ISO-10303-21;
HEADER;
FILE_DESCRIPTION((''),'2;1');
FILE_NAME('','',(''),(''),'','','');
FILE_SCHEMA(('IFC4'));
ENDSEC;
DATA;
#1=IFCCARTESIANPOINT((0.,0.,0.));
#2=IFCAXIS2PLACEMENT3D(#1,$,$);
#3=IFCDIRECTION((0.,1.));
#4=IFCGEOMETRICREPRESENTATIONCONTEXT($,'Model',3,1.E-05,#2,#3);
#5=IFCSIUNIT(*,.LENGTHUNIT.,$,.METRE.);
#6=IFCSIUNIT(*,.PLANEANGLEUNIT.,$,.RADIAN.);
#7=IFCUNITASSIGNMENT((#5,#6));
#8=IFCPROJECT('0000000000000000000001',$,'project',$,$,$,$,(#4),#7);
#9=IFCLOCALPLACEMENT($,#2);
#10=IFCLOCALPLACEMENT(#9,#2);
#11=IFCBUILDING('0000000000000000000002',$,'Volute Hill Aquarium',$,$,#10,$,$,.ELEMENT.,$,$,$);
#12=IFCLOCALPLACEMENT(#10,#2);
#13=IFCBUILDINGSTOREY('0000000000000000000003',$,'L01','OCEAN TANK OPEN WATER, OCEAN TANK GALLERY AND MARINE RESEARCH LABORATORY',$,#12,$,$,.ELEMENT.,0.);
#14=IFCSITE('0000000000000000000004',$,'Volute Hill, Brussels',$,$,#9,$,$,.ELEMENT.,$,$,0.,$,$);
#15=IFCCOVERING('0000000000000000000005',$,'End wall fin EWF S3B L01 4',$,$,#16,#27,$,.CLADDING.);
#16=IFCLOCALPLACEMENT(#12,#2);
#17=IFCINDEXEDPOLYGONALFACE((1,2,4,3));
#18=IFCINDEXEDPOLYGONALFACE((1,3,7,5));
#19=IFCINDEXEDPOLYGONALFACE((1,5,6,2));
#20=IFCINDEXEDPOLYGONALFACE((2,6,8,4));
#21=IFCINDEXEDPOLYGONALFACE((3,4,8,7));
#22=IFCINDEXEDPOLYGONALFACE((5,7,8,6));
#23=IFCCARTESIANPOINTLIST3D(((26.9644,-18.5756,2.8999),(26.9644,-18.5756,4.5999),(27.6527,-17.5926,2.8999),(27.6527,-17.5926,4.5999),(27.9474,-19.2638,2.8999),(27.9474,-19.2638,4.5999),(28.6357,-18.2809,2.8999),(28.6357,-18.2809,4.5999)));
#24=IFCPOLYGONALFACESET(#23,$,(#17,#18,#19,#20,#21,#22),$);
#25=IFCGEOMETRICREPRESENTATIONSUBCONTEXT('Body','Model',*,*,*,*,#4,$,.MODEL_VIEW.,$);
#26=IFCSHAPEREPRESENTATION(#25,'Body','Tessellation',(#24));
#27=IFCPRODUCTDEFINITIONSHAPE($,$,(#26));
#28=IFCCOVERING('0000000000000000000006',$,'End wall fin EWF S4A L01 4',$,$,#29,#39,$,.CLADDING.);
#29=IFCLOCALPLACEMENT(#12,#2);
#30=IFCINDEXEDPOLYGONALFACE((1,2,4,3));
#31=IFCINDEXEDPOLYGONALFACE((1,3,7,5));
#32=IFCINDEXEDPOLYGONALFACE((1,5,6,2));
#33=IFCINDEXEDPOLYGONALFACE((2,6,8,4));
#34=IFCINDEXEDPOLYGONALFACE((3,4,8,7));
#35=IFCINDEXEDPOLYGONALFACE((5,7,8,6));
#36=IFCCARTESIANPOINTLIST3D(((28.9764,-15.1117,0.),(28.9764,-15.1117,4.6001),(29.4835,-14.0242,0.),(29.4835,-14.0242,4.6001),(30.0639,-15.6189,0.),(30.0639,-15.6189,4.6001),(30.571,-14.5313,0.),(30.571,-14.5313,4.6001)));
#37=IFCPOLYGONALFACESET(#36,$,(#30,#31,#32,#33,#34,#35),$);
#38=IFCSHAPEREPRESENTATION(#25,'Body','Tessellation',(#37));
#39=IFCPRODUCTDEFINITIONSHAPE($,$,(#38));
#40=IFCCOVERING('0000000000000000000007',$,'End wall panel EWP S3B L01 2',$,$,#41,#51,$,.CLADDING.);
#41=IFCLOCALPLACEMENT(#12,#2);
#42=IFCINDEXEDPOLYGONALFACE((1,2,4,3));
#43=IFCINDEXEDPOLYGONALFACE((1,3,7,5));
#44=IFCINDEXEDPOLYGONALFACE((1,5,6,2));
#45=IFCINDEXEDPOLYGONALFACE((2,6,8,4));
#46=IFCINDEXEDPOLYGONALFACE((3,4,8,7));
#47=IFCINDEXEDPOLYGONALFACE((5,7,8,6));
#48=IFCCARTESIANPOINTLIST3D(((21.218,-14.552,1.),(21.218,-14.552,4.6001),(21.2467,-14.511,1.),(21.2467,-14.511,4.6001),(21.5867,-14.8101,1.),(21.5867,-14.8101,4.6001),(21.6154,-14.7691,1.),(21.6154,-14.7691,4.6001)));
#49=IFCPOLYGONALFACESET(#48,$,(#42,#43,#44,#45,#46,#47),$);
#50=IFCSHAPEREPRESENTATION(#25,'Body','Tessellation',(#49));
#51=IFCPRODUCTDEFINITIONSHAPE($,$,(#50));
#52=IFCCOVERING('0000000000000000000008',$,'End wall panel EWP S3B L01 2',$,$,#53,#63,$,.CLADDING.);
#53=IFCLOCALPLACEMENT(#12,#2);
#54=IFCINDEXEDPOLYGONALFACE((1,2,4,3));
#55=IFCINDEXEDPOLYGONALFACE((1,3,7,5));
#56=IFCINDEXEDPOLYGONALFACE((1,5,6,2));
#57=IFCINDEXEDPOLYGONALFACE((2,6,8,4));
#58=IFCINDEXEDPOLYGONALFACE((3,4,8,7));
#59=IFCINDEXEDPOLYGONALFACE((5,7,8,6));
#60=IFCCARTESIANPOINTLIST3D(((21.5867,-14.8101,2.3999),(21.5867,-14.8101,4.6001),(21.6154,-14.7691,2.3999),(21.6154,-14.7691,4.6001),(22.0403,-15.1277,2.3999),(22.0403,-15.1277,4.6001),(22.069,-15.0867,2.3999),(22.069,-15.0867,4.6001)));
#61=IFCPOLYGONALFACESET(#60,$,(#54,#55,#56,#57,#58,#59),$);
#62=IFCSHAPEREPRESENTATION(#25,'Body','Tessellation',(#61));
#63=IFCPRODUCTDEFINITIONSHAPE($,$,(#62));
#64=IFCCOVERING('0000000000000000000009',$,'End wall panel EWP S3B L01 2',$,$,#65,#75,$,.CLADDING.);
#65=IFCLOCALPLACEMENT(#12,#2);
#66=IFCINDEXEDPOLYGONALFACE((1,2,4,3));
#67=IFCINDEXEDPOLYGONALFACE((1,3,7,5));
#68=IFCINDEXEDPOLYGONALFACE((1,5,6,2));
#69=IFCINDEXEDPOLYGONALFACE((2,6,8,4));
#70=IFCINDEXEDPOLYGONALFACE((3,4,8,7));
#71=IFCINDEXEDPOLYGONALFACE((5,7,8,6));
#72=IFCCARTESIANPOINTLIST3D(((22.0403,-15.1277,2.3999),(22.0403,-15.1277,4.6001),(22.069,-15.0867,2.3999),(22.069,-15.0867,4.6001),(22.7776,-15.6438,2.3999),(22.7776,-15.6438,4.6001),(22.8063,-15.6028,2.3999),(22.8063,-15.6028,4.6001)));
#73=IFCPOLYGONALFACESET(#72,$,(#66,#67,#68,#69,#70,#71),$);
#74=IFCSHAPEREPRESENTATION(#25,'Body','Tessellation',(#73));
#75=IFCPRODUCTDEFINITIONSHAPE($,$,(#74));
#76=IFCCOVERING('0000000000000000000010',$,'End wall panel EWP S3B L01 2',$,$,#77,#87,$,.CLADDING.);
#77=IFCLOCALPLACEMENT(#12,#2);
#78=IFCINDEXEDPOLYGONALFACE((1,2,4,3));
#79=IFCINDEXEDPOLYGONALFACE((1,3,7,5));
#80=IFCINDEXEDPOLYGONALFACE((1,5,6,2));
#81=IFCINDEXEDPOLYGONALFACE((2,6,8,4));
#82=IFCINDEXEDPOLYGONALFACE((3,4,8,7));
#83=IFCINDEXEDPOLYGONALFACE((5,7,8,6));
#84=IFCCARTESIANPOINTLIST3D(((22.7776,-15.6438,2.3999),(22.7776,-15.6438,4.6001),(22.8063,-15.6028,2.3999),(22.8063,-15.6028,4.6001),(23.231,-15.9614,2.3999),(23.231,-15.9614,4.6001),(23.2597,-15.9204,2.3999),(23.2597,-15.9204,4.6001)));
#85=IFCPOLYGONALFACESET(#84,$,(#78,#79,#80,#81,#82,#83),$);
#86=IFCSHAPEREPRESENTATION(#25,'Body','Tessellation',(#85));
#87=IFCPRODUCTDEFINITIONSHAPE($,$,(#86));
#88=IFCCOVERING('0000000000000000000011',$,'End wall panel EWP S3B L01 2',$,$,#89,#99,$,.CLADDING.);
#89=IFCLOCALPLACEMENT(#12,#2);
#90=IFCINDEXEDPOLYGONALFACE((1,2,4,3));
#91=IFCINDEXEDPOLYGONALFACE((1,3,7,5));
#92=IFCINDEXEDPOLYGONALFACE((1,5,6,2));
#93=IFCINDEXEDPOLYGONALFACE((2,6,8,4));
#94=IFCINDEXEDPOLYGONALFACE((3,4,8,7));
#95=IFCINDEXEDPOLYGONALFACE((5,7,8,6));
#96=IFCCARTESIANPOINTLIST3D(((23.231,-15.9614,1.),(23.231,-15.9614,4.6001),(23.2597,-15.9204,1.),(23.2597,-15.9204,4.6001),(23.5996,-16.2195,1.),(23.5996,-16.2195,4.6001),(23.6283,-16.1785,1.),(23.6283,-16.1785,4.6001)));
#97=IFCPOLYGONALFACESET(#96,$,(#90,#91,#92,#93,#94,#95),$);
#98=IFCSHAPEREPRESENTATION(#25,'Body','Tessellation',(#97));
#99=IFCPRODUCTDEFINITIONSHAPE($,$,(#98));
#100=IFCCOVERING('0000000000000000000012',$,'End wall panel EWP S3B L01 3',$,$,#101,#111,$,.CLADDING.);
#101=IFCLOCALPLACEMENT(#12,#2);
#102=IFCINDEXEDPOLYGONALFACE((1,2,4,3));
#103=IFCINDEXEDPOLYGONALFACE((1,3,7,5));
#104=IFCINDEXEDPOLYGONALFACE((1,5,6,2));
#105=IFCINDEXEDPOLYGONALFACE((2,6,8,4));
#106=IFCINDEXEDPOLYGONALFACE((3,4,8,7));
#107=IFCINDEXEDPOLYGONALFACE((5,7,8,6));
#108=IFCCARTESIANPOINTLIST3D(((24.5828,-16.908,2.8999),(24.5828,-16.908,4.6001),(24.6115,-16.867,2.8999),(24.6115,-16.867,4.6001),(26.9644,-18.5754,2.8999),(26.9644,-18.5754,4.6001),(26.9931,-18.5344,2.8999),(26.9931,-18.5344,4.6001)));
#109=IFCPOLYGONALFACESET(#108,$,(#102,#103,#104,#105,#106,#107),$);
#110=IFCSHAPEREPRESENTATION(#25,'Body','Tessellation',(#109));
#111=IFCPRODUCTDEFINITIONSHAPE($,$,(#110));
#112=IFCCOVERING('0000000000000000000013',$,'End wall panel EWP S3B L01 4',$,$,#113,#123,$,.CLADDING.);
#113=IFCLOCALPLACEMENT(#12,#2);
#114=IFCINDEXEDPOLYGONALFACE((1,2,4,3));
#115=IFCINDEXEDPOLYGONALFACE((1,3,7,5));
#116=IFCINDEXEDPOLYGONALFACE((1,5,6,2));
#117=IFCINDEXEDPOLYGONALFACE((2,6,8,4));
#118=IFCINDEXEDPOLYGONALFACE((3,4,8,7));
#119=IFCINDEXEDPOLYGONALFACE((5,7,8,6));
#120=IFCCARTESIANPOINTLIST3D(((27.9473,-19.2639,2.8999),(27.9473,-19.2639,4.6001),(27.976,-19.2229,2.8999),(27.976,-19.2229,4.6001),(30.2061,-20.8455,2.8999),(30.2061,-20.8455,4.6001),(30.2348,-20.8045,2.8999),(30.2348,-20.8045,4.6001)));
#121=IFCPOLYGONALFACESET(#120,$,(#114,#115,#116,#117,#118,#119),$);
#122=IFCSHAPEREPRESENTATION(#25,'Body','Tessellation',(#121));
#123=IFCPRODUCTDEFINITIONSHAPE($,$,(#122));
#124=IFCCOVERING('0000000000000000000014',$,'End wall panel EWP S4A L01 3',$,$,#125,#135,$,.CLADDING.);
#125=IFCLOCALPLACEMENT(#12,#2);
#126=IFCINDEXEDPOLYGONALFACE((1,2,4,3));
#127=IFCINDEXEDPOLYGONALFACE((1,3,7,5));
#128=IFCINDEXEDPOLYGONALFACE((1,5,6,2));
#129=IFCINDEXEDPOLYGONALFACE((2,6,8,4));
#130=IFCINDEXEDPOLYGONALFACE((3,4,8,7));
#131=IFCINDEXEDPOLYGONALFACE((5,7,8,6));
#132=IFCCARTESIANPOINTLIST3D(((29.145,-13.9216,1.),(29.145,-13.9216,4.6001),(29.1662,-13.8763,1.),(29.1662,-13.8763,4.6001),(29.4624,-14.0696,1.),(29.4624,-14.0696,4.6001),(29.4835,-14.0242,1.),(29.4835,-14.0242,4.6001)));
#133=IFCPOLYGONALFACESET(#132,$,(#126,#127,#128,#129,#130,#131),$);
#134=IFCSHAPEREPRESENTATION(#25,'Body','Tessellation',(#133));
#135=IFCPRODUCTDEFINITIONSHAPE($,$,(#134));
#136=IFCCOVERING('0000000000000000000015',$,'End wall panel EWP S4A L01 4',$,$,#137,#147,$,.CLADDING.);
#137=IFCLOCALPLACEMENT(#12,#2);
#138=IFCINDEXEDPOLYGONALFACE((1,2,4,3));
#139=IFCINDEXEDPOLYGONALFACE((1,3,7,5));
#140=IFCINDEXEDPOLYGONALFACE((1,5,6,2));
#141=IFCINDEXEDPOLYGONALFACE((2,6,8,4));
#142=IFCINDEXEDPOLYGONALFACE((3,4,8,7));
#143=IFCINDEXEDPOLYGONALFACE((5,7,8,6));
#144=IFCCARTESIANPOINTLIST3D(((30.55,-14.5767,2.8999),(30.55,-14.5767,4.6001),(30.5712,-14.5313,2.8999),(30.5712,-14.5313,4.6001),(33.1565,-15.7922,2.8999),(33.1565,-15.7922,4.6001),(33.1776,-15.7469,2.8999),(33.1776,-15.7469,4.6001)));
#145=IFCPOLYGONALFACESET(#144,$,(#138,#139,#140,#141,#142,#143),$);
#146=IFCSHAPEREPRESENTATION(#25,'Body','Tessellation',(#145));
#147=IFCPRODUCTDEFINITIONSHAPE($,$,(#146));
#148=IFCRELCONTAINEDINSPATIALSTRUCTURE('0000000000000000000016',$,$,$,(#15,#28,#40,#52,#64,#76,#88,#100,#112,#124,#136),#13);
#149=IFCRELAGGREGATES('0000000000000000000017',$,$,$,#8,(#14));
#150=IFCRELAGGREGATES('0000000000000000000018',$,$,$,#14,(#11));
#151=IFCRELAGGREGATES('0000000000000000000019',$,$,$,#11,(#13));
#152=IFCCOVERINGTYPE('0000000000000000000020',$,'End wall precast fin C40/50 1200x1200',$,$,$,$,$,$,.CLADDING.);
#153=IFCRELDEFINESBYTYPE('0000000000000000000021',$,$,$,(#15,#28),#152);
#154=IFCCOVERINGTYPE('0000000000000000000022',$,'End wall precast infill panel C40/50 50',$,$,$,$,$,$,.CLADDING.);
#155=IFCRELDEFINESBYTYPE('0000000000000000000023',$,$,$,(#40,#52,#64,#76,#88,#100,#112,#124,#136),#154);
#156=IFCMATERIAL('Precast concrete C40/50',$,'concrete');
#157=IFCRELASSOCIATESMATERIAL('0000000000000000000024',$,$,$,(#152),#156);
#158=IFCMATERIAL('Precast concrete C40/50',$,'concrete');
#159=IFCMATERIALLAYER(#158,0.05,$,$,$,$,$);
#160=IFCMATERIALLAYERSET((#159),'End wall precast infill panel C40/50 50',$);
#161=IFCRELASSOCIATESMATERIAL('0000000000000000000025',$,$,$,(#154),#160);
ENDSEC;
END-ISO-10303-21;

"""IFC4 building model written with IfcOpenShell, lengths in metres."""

from ifc_helpers import new_model, si_unit, direction, frame, origin, origin_2d, place, context, subcontext, project, spatial, polyline, rectangle, outline, extrude, material, layer, layer_set, type_object, element, save


model = new_model("IFC4")

# Units and contexts
model_context = context("Model", 3, precision=1e-05, world=origin(), true_north=direction((0.0, 1.0)))
body_context = subcontext(model_context, "Body", "Model", "MODEL_VIEW")
ifc_project = project(units=[si_unit("LENGTHUNIT", "METRE"), si_unit("PLANEANGLEUNIT", "RADIAN")], contexts=[model_context])

# Site, building, storey
site_placement = place(None, origin())
site = spatial("IfcSite", under=ifc_project, at=site_placement, Name="Volute Hill, Brussels", CompositionType="ELEMENT", RefElevation=0.0)
building_placement = place(site_placement, origin())
building = spatial("IfcBuilding", under=site, at=building_placement, Name="Volute Hill Aquarium", CompositionType="ELEMENT")
storey_placement = place(building_placement, origin())
storey = spatial("IfcBuildingStorey", under=building, at=storey_placement, Name="L01", Description="OCEAN TANK OPEN WATER, OCEAN TANK GALLERY AND MARINE RESEARCH LABORATORY", CompositionType="ELEMENT", Elevation=0.0)

# Coverings
ifc_material_1 = material(Name="Precast concrete C40/50", Category="concrete")
covering_type_1 = type_object("IfcCoveringType", Name="End wall precast fin C40/50 1200x1200", PredefinedType="CLADDING", material=ifc_material_1)
covering_1_placement = place(storey_placement, frame((27.8, -18.4282, 2.8999), z_axis=(0.0, 0.0, 1.0), x_axis=(0.819151, -0.573578, 0.0)))
element("IfcCovering", 1, at=covering_1_placement, inside=storey, type_object=covering_type_1, Name="End wall fin EWF S3B L01 4", PredefinedType="CLADDING", context=body_context, shape_type="SweptSolid", body=[
    extrude(rectangle(XDim=1.2, YDim=1.2, at=origin_2d()), origin(), (0.0, 0.0, 1.0), 1.7),
])
covering_2_placement = place(storey_placement, frame((29.7737, -14.8215, 0.0), z_axis=(0.0, 0.0, 1.0), x_axis=(0.906307, -0.42262, 0.0)))
element("IfcCovering", 2, at=covering_2_placement, inside=storey, type_object=covering_type_1, Name="End wall fin EWF S4A L01 4", PredefinedType="CLADDING", context=body_context, shape_type="SweptSolid", body=[
    extrude(rectangle(XDim=1.2, YDim=1.2, at=origin_2d()), origin(), (0.0, 0.0, 1.0), 4.6001),
])
ifc_material_2 = material(Name="Precast concrete C40/50", Category="concrete")
ifc_layer_1 = layer(ifc_material_2, 0.05)
ifc_layer_set_1 = layer_set([ifc_layer_1], Name="End wall precast infill panel C40/50 50")
covering_type_2 = type_object("IfcCoveringType", Name="End wall precast infill panel C40/50 50", PredefinedType="CLADDING", material=ifc_layer_set_1)
covering_3_placement = place(storey_placement, frame((21.218, -14.552, 1.0), z_axis=(-0.573462, -0.819232, 0.0), x_axis=(0.819232, -0.573462, 0.0)))
element("IfcCovering", 3, at=covering_3_placement, inside=storey, type_object=covering_type_2, Name="End wall panel EWP S3B L01 2", PredefinedType="CLADDING", context=body_context, shape_type="SweptSolid", body=[
    extrude(outline(polyline([(0.0, 0.0), (0.45, 0.0), (0.45, 3.6001), (0.0, 3.6001), (0.0, 0.0)])), origin(), (0.0, 0.0, -1.0), 0.05),
])
covering_4_placement = place(storey_placement, frame((21.5867, -14.8101, 2.3999), z_axis=(-0.573581, -0.819149, 0.0), x_axis=(0.819149, -0.573581, 0.0)))
element("IfcCovering", 4, at=covering_4_placement, inside=storey, type_object=covering_type_2, Name="End wall panel EWP S3B L01 2", PredefinedType="CLADDING", context=body_context, shape_type="SweptSolid", body=[
    extrude(outline(polyline([(0.0, 0.0), (0.5538, 0.0), (0.5538, 2.2002), (0.0, 2.2002), (0.0, 0.0)])), origin(), (0.0, 0.0, -1.0), 0.05),
])
covering_5_placement = place(storey_placement, frame((22.0403, -15.1277, 2.3999), z_axis=(-0.573462, -0.819232, 0.0), x_axis=(0.819232, -0.573462, 0.0)))
element("IfcCovering", 5, at=covering_5_placement, inside=storey, type_object=covering_type_2, Name="End wall panel EWP S3B L01 2", PredefinedType="CLADDING", context=body_context, shape_type="SweptSolid", body=[
    extrude(outline(polyline([(0.0, 0.0), (0.9, 0.0), (0.9, 2.2002), (0.0, 2.2002), (0.0, 0.0)])), origin(), (0.0, 0.0, -1.0), 0.05),
])
covering_6_placement = place(storey_placement, frame((22.7776, -15.6438, 2.3999), z_axis=(-0.573788, -0.819004, 0.0), x_axis=(0.819004, -0.573788, 0.0)))
element("IfcCovering", 6, at=covering_6_placement, inside=storey, type_object=covering_type_2, Name="End wall panel EWP S3B L01 2", PredefinedType="CLADDING", context=body_context, shape_type="SweptSolid", body=[
    extrude(outline(polyline([(0.0, 0.0), (0.5536, 0.0), (0.5536, 2.2002), (0.0, 2.2002), (0.0, 0.0)])), origin(), (0.0, 0.0, -1.0), 0.05),
])
covering_7_placement = place(storey_placement, frame((23.231, -15.9614, 1.0), z_axis=(-0.573462, -0.819232, 0.0), x_axis=(0.819232, -0.573462, 0.0)))
element("IfcCovering", 7, at=covering_7_placement, inside=storey, type_object=covering_type_2, Name="End wall panel EWP S3B L01 2", PredefinedType="CLADDING", context=body_context, shape_type="SweptSolid", body=[
    extrude(outline(polyline([(0.0, 0.0), (0.45, 0.0), (0.45, 3.6001), (0.0, 3.6001), (0.0, 0.0)])), origin(), (0.0, 0.0, -1.0), 0.05),
])
covering_8_placement = place(storey_placement, frame((24.5828, -16.908, 2.8999), z_axis=(-0.573547, -0.819173, 0.0), x_axis=(0.819173, -0.573547, 0.0)))
element("IfcCovering", 8, at=covering_8_placement, inside=storey, type_object=covering_type_2, Name="End wall panel EWP S3B L01 3", PredefinedType="CLADDING", context=body_context, shape_type="SweptSolid", body=[
    extrude(outline(polyline([(0.0, 0.0), (2.9073, 0.0), (2.9073, 1.7002), (0.0, 1.7002), (0.0, 0.0)])), origin(), (0.0, 0.0, -1.0), 0.05),
])
covering_9_placement = place(storey_placement, frame((27.9473, -19.2639, 2.8999), z_axis=(-0.573557, -0.819165, 0.0), x_axis=(0.819165, -0.573557, 0.0)))
element("IfcCovering", 9, at=covering_9_placement, inside=storey, type_object=covering_type_2, Name="End wall panel EWP S3B L01 4", PredefinedType="CLADDING", context=body_context, shape_type="SweptSolid", body=[
    extrude(outline(polyline([(0.0, 0.0), (2.7574, 0.0), (2.7574, 1.7002), (0.0, 1.7002), (0.0, 0.0)])), origin(), (0.0, 0.0, -1.0), 0.05),
])
covering_10_placement = place(storey_placement, frame((29.145, -13.9216, 1.0), z_axis=(-0.422504, -0.906361, 0.0), x_axis=(0.906361, -0.422504, 0.0)))
element("IfcCovering", 10, at=covering_10_placement, inside=storey, type_object=covering_type_2, Name="End wall panel EWP S4A L01 3", PredefinedType="CLADDING", context=body_context, shape_type="SweptSolid", body=[
    extrude(outline(polyline([(0.0, 0.0), (0.3502, 0.0), (0.3502, 3.6001), (0.0, 3.6001), (0.0, 0.0)])), origin(), (0.0, 0.0, -1.0), 0.05),
])
covering_11_placement = place(storey_placement, frame((30.55, -14.5767, 2.8999), z_axis=(-0.422667, -0.906285, 0.0), x_axis=(0.906285, -0.422667, 0.0)))
element("IfcCovering", 11, at=covering_11_placement, inside=storey, type_object=covering_type_2, Name="End wall panel EWP S4A L01 4", PredefinedType="CLADDING", context=body_context, shape_type="SweptSolid", body=[
    extrude(outline(polyline([(0.0, 0.0), (2.876, 0.0), (2.876, 1.7002), (0.0, 1.7002), (0.0, 0.0)])), origin(), (0.0, 0.0, -1.0), 0.05),
])

save(model, "model.ifc")
